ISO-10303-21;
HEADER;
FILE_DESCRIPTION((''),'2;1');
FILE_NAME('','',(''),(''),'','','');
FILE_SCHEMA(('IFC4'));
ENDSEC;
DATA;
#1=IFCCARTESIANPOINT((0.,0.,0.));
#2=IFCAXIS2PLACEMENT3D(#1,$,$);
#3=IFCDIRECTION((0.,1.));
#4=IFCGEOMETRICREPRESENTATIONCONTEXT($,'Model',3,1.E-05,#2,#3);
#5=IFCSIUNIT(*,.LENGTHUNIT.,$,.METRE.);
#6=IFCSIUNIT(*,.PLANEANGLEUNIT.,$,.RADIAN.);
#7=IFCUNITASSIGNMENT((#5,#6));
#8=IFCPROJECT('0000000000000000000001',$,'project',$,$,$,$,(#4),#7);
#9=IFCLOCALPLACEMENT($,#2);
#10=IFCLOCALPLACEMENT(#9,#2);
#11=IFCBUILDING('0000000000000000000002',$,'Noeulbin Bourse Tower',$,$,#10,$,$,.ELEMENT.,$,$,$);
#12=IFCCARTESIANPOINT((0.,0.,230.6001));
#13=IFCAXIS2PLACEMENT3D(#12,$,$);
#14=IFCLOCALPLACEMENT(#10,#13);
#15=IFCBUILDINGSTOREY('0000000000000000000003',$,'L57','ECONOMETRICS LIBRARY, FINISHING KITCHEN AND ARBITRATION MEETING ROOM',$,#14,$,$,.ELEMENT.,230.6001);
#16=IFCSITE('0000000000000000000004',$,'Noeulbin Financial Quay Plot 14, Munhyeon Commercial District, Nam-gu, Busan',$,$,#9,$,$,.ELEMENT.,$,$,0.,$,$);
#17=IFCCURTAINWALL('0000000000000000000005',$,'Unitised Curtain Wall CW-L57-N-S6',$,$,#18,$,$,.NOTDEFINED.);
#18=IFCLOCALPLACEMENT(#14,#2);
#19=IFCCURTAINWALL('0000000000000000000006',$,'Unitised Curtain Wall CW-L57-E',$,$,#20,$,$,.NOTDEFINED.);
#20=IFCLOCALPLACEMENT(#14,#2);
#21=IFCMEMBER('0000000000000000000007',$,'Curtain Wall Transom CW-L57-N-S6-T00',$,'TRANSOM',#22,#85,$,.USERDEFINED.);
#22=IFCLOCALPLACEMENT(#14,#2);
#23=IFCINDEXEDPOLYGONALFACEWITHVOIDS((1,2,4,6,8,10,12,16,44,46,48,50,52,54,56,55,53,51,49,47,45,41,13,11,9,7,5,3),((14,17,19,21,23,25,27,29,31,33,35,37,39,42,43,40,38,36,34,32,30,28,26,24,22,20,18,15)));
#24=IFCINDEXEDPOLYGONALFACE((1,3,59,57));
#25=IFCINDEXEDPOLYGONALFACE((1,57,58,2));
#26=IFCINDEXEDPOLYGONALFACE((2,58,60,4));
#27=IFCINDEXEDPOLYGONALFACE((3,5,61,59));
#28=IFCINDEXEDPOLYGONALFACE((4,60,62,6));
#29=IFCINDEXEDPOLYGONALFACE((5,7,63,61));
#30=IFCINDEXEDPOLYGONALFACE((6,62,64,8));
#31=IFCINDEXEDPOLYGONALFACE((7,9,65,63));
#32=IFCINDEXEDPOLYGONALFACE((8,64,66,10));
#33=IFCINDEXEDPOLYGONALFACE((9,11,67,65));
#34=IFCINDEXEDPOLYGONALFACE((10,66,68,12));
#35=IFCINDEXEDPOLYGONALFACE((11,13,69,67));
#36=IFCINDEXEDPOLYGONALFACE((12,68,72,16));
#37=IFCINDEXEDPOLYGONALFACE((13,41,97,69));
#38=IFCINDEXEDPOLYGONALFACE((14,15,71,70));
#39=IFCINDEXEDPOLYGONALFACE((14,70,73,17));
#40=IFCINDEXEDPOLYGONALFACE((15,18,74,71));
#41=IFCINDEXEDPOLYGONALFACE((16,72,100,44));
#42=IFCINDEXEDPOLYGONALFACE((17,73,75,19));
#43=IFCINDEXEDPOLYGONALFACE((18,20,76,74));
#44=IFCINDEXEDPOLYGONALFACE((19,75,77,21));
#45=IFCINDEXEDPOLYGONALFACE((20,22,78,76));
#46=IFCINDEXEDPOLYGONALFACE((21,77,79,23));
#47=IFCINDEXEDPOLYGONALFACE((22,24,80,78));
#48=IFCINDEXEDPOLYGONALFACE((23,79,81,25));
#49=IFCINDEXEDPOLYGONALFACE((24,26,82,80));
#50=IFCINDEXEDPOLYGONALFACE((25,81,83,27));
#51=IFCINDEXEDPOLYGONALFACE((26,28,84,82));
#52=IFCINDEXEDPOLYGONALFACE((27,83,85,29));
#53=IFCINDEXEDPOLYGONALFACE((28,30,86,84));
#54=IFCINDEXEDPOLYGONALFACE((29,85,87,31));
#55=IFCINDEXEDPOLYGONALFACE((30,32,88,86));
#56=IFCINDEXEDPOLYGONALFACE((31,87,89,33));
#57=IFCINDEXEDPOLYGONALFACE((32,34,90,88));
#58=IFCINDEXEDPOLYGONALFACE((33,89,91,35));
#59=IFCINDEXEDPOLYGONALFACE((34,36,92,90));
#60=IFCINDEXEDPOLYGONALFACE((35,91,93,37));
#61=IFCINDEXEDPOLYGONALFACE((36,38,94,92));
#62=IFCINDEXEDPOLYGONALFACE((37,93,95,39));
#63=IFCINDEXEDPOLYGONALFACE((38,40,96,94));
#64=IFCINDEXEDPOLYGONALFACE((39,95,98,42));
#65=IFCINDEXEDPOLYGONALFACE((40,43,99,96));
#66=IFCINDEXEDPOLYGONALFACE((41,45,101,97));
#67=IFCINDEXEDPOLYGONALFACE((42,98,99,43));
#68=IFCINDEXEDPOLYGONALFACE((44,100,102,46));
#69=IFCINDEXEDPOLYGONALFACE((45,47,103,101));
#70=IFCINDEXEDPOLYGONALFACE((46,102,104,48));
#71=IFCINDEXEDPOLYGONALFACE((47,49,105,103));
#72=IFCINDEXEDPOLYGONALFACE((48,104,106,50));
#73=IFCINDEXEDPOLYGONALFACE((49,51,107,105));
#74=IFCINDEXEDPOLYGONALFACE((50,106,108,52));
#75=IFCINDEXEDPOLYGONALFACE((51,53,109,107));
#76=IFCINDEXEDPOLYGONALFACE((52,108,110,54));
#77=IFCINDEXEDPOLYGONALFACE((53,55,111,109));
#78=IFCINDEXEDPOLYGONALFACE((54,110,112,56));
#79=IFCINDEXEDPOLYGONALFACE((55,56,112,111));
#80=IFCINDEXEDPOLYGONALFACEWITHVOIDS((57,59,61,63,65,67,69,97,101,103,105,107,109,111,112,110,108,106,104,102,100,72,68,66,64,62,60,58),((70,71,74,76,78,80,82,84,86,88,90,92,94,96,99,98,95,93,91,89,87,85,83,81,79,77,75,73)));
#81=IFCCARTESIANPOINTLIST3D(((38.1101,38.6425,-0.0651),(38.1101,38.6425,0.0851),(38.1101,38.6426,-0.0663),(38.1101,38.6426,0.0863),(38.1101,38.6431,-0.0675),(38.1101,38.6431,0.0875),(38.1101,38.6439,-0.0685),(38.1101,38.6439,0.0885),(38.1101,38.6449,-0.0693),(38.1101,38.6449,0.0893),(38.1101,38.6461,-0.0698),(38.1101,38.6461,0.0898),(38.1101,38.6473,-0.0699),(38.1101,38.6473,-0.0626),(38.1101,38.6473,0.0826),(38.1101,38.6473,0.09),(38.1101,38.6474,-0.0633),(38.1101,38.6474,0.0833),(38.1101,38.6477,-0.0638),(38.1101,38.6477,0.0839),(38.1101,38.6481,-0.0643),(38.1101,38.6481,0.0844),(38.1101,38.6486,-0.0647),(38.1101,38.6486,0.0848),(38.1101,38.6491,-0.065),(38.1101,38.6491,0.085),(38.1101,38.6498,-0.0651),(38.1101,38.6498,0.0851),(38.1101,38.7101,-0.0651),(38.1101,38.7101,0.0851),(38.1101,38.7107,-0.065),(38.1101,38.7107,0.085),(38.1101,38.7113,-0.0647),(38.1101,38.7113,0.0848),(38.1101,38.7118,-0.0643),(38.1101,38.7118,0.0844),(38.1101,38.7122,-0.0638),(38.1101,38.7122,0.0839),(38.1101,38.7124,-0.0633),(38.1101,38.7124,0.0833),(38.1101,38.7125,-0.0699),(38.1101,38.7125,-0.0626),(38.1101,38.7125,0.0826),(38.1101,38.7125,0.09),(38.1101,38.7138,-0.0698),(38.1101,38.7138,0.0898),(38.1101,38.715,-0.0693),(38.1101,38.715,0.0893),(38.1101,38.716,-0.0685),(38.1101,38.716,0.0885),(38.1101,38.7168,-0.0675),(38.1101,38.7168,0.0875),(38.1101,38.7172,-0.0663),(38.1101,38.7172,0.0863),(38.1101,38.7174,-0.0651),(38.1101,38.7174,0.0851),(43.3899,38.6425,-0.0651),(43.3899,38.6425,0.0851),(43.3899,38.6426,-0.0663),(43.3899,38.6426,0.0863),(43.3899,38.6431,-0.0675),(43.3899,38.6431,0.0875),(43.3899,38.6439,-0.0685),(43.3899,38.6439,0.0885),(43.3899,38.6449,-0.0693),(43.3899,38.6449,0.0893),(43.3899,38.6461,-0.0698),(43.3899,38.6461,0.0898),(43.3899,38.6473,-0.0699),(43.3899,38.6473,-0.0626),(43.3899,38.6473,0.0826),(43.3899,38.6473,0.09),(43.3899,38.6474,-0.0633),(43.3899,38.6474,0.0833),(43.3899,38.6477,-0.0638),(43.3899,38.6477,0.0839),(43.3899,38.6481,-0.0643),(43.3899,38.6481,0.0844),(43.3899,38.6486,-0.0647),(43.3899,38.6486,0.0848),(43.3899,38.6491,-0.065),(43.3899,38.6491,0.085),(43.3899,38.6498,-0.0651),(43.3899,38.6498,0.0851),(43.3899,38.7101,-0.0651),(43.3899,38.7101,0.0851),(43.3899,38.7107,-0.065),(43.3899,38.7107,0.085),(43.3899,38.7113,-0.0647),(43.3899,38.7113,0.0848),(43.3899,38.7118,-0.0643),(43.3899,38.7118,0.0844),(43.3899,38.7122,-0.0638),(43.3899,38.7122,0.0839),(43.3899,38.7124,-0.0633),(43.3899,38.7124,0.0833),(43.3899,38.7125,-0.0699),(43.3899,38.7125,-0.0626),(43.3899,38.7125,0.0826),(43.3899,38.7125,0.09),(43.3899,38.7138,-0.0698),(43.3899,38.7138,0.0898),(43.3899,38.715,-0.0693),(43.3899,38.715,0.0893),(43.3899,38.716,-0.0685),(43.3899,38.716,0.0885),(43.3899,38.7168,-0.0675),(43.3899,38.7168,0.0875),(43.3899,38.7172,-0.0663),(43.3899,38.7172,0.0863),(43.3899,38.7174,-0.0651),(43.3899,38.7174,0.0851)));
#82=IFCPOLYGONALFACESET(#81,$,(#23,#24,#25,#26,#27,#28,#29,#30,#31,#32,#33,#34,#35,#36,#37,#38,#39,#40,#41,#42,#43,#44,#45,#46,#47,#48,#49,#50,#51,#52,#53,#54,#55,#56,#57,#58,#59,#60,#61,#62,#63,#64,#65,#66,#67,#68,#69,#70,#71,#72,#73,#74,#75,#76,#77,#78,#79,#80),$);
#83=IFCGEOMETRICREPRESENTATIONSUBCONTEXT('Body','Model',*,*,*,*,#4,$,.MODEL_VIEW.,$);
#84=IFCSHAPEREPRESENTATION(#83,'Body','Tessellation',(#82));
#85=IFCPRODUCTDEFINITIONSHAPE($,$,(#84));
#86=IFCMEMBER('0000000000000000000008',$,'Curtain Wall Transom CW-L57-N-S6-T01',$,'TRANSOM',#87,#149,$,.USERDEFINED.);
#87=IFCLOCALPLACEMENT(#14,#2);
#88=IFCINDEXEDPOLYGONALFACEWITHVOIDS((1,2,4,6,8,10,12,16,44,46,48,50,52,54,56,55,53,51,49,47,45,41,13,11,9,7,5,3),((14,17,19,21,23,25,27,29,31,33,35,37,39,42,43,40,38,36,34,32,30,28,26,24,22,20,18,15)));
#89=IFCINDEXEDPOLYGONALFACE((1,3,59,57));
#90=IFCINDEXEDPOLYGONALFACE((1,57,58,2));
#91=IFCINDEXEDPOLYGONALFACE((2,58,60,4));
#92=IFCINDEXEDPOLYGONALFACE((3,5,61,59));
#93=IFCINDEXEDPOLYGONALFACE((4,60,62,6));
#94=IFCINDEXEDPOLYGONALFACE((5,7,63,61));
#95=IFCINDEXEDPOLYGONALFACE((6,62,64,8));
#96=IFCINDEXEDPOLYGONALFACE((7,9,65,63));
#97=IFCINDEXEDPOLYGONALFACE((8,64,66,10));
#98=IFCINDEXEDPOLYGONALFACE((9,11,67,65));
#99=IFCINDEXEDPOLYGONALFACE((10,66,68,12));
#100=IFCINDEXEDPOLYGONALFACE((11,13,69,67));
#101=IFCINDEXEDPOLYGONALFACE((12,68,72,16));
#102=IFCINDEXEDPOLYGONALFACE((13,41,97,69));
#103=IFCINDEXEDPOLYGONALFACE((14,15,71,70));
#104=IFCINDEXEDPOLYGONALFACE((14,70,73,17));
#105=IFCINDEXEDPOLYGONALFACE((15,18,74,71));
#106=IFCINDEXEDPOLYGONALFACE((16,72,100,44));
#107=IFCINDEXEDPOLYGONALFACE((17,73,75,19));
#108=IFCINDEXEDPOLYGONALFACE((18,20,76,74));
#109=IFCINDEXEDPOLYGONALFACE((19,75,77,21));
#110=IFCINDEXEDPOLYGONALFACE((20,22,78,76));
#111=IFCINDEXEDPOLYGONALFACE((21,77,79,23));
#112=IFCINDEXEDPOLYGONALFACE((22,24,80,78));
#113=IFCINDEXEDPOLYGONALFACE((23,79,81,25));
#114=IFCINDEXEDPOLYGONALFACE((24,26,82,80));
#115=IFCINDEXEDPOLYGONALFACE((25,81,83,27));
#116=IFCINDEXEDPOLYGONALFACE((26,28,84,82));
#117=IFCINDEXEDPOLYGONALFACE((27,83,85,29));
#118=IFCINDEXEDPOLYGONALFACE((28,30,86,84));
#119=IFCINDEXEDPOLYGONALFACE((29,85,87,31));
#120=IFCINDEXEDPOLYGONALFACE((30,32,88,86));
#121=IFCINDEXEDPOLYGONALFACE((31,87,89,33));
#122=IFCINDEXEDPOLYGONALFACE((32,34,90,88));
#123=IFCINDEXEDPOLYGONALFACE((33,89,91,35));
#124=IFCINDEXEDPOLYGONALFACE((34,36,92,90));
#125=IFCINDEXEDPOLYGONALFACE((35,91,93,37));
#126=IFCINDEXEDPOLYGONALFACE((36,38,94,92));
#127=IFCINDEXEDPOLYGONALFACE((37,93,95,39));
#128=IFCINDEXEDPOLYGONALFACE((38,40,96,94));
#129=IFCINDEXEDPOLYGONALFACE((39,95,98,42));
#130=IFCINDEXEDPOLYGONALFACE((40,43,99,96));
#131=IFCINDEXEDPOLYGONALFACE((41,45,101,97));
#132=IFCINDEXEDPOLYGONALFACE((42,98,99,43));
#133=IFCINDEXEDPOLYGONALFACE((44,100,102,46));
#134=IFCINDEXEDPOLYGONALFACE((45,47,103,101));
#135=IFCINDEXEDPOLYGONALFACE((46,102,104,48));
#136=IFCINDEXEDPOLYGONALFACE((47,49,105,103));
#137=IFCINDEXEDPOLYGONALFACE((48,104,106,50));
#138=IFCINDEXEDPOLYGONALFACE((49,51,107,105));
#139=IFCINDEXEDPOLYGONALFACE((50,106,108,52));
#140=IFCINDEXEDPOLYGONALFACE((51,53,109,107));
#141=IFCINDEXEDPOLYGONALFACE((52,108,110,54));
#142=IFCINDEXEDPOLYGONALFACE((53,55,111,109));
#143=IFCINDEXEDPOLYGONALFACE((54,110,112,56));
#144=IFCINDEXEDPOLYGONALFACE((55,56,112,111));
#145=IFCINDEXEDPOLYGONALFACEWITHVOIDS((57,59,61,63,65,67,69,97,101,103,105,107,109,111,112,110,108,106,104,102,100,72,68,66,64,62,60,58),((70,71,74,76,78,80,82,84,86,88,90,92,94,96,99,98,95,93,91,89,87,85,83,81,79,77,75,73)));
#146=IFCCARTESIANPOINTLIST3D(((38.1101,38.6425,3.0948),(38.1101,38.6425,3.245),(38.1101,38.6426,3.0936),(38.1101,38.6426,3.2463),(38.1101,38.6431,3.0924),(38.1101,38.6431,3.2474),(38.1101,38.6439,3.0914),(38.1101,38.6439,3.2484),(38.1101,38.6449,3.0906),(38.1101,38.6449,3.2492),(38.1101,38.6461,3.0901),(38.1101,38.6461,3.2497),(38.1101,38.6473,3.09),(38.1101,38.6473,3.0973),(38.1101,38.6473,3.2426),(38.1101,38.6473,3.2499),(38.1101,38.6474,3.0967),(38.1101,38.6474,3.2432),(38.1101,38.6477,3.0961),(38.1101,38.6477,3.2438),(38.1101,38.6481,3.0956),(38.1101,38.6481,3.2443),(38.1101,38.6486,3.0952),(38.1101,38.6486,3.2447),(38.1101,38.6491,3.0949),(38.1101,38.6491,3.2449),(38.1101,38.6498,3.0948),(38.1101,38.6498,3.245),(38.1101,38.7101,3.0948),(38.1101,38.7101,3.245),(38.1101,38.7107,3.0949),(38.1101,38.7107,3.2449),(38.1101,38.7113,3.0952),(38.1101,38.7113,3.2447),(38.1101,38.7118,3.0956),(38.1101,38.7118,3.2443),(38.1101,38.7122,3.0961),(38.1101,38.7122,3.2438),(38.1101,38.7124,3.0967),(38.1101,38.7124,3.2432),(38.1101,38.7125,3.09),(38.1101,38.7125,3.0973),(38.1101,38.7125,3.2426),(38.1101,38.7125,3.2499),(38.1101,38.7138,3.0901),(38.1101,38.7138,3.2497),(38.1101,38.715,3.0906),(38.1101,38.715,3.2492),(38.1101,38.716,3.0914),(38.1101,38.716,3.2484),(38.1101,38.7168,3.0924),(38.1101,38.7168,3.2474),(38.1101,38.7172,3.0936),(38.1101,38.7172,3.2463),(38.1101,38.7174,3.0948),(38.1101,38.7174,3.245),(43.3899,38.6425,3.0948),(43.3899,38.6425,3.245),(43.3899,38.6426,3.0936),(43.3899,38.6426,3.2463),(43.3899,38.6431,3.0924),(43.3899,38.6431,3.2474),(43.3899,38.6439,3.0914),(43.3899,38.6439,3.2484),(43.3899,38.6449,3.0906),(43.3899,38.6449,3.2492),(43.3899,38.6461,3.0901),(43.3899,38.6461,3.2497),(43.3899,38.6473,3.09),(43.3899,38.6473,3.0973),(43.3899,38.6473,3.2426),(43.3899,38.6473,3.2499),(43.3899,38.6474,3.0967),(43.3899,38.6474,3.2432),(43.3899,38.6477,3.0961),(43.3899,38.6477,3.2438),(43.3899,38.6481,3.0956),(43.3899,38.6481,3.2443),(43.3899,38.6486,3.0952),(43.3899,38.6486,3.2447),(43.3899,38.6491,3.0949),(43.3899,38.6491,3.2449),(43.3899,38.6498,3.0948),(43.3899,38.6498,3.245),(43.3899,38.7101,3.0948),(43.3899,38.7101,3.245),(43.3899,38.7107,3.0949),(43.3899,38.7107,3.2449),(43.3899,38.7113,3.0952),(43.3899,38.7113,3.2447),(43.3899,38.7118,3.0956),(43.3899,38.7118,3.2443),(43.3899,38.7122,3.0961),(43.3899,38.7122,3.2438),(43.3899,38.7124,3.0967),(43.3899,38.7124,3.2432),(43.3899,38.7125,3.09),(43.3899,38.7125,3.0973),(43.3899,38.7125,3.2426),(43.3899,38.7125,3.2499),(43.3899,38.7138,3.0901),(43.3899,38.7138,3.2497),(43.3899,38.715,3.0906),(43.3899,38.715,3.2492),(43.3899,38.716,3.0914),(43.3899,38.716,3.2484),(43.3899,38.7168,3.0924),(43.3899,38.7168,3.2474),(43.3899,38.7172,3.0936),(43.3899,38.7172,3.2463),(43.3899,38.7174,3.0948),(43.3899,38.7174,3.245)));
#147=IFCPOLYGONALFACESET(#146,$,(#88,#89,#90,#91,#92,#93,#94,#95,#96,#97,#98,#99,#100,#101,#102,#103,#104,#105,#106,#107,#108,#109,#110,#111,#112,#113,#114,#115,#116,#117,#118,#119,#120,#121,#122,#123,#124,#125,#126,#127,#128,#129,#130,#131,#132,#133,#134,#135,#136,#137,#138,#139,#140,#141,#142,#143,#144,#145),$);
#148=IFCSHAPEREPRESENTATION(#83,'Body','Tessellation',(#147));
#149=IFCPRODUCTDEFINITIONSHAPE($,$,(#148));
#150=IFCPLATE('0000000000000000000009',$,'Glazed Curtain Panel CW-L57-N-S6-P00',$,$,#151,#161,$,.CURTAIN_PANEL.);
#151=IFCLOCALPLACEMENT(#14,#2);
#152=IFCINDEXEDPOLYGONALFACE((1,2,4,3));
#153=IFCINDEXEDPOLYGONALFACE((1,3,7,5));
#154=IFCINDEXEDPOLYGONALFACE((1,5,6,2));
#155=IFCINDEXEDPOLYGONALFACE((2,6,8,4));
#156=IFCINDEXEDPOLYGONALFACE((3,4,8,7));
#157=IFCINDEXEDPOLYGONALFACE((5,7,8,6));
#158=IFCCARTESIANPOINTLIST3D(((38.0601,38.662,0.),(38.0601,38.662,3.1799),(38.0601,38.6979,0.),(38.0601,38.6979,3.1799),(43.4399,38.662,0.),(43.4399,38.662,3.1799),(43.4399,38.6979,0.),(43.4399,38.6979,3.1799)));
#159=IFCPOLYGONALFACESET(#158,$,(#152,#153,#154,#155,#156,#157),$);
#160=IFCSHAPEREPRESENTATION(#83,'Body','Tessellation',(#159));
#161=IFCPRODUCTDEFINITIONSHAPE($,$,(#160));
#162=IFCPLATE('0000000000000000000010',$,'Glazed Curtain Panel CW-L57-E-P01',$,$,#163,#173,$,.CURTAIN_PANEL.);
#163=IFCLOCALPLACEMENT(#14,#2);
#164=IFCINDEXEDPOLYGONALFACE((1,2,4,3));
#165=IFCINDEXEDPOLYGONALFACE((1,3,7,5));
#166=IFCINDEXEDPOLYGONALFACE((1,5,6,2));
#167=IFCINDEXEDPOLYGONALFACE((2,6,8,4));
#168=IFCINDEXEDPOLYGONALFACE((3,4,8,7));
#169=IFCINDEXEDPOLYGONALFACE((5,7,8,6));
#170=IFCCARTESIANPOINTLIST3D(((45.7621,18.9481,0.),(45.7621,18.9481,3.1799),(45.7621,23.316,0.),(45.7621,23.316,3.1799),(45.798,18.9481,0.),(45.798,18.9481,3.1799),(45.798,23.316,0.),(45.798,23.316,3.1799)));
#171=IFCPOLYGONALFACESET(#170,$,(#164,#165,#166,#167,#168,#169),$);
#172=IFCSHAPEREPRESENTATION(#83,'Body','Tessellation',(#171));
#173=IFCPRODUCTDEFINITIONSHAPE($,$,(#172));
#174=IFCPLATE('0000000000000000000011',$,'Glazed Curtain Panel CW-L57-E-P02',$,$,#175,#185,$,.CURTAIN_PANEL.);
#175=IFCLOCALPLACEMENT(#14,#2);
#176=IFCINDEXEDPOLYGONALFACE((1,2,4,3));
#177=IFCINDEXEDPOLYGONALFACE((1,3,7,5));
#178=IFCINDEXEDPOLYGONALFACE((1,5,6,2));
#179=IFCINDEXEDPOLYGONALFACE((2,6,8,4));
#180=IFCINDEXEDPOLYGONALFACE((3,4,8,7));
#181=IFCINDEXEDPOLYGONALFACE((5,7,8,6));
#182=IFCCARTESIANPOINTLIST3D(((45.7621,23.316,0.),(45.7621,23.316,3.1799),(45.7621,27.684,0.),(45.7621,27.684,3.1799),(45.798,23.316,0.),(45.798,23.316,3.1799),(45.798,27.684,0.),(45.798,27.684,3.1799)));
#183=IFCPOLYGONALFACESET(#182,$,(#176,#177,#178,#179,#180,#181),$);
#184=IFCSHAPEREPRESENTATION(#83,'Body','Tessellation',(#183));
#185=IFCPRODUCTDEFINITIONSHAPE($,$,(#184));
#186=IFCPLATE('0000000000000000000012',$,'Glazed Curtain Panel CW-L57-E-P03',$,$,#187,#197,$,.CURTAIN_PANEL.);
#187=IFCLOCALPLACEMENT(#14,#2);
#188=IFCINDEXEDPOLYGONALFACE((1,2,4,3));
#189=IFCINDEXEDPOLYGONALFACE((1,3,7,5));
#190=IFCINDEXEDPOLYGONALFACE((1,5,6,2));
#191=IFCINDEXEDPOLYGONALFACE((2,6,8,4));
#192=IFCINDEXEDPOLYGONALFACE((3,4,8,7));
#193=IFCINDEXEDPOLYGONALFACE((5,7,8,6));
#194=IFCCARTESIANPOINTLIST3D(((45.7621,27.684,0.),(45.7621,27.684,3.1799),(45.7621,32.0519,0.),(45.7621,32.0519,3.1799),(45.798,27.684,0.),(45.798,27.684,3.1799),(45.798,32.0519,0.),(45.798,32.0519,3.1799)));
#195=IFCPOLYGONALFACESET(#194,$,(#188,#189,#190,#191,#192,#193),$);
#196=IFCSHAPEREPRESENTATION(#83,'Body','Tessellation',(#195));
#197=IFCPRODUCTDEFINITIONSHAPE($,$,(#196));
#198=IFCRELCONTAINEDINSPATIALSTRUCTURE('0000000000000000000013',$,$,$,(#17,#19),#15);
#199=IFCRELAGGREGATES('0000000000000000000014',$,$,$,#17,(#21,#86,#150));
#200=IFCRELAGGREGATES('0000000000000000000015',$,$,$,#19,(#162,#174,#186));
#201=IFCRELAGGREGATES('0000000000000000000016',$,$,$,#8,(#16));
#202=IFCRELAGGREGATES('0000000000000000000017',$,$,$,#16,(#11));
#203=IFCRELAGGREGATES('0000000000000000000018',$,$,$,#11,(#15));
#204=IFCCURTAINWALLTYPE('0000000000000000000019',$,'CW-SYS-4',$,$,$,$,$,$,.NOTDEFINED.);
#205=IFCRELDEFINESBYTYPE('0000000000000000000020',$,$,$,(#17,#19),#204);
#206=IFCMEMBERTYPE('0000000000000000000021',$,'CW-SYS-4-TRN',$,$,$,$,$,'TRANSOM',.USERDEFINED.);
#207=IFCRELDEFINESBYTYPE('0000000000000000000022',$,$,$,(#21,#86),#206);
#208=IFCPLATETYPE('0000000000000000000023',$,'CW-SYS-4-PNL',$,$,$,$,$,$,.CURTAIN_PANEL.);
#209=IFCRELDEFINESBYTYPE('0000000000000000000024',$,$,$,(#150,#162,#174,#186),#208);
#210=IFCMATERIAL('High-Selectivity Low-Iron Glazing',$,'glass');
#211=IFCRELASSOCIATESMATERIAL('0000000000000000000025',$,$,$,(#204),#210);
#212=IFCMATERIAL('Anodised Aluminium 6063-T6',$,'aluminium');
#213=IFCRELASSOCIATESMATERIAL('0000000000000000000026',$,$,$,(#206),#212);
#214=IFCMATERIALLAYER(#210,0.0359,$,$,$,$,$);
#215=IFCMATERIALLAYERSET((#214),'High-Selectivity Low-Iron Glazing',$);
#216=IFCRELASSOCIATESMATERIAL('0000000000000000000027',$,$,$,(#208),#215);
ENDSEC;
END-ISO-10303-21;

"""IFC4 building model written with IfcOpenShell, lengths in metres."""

from ifc_helpers import new_model, si_unit, direction, frame, origin, origin_2d, place, context, subcontext, project, spatial, rectangle, hollow_rectangle, extrude, material, layer, layer_set, material_profile, profile_set, type_object, element, aggregate, save


model = new_model("IFC4")

# Units and contexts
model_context = context("Model", 3, precision=1e-05, world=origin(), true_north=direction((0.0, 1.0)))
body_context = subcontext(model_context, "Body", "Model", "MODEL_VIEW")
ifc_project = project(units=[si_unit("LENGTHUNIT", "METRE"), si_unit("PLANEANGLEUNIT", "RADIAN")], contexts=[model_context])

# Site, building, storey
site_placement = place(None, origin())
site = spatial("IfcSite", under=ifc_project, at=site_placement, Name="Noeulbin Financial Quay Plot 14, Munhyeon Commercial District, Nam-gu, Busan", CompositionType="ELEMENT", RefElevation=0.0)
building_placement = place(site_placement, origin())
building = spatial("IfcBuilding", under=site, at=building_placement, Name="Noeulbin Bourse Tower", CompositionType="ELEMENT")
storey_placement = place(building_placement, frame((0.0, 0.0, 230.6001)))
storey = spatial("IfcBuildingStorey", under=building, at=storey_placement, Name="L57", Description="ECONOMETRICS LIBRARY, FINISHING KITCHEN AND ARBITRATION MEETING ROOM", CompositionType="ELEMENT", Elevation=230.6001)

# Curtain walls
ifc_material_1 = material(Name="High-Selectivity Low-Iron Glazing", Category="glass")
curtain_wall_type = type_object("IfcCurtainWallType", Name="CW-SYS-4", PredefinedType="NOTDEFINED", material=ifc_material_1)
curtain_wall_1_placement = place(storey_placement, origin())
curtain_wall_1 = element("IfcCurtainWall", 1, at=curtain_wall_1_placement, inside=storey, type_object=curtain_wall_type, Name="Unitised Curtain Wall CW-L57-N-S6", PredefinedType="NOTDEFINED")
ifc_material_2 = material(Name="Anodised Aluminium 6063-T6", Category="aluminium")
curtain_wall_2_placement = place(storey_placement, origin())
curtain_wall_2 = element("IfcCurtainWall", 2, at=curtain_wall_2_placement, inside=storey, type_object=curtain_wall_type, Name="Unitised Curtain Wall CW-L57-E", PredefinedType="NOTDEFINED")

# Members
ifc_material_profile_1 = material_profile(ifc_material_2, hollow_rectangle(XDim=0.075, YDim=0.1599, WallThickness=0.0049, InnerFilletRadius=0.0024, OuterFilletRadius=0.0049, at=origin_2d()), Name="ALU-TRAN-75x160x5", Category="LoadBearing")
ifc_profile_set_1 = profile_set([ifc_material_profile_1], Name="Anodised Aluminium 6063-T6")
member_type_1 = type_object("IfcMemberType", Name="CW-SYS-4-TRN", ElementType="TRANSOM", PredefinedType="USERDEFINED", material=ifc_profile_set_1)
member_1_placement = place(storey_placement, frame((38.1101, 38.6799, 0.01), z_axis=(1.0, 0.0, 0.0), x_axis=(0.0, 1.0, 0.0)))
member_1 = element("IfcMember", 3, at=member_1_placement, type_object=member_type_1, Name="Curtain Wall Transom CW-L57-N-S6-T00", ObjectType="TRANSOM", PredefinedType="USERDEFINED", context=body_context, shape_type="SweptSolid", body=[
    extrude(hollow_rectangle(XDim=0.075, YDim=0.1599, WallThickness=0.0049, InnerFilletRadius=0.0024, OuterFilletRadius=0.0049, at=origin_2d()), origin(), (0.0, 0.0, 1.0), 5.2798),
])
member_2_placement = place(storey_placement, frame((38.1101, 38.6799, 3.1699), z_axis=(1.0, 0.0, 0.0), x_axis=(0.0, 1.0, 0.0)))
member_2 = element("IfcMember", 4, at=member_2_placement, type_object=member_type_1, Name="Curtain Wall Transom CW-L57-N-S6-T01", ObjectType="TRANSOM", PredefinedType="USERDEFINED", context=body_context, shape_type="SweptSolid", body=[
    extrude(hollow_rectangle(XDim=0.075, YDim=0.1599, WallThickness=0.0049, InnerFilletRadius=0.0024, OuterFilletRadius=0.0049, at=origin_2d()), origin(), (0.0, 0.0, 1.0), 5.2798),
])

# Plates
ifc_layer_1 = layer(ifc_material_1, 0.0359)
ifc_layer_set_1 = layer_set([ifc_layer_1], Name="High-Selectivity Low-Iron Glazing")
plate_type_1 = type_object("IfcPlateType", Name="CW-SYS-4-PNL", PredefinedType="CURTAIN_PANEL", material=ifc_layer_set_1)
plate_1_placement = place(storey_placement, frame((40.75, 38.6799, 0.0), z_axis=(0.0, 0.0, 1.0), x_axis=(1.0, 0.0, 0.0)))
plate_1 = element("IfcPlate", 5, at=plate_1_placement, type_object=plate_type_1, Name="Glazed Curtain Panel CW-L57-N-S6-P00", PredefinedType="CURTAIN_PANEL", context=body_context, shape_type="SweptSolid", body=[
    extrude(rectangle(XDim=5.3799, YDim=0.0359, at=origin_2d()), origin(), (0.0, 0.0, 1.0), 3.1799),
])
aggregate(curtain_wall_1, [member_1, member_2, plate_1])
plate_2_placement = place(storey_placement, frame((45.78, 21.1321, 0.0), z_axis=(0.0, 0.0, 1.0), x_axis=(0.0, 1.0, 0.0)))
plate_2 = element("IfcPlate", 6, at=plate_2_placement, type_object=plate_type_1, Name="Glazed Curtain Panel CW-L57-E-P01", PredefinedType="CURTAIN_PANEL", context=body_context, shape_type="SweptSolid", body=[
    extrude(rectangle(XDim=4.3679, YDim=0.0359, at=origin_2d()), origin(), (0.0, 0.0, 1.0), 3.1799),
])
plate_3_placement = place(storey_placement, frame((45.78, 25.5, 0.0), z_axis=(0.0, 0.0, 1.0), x_axis=(0.0, 1.0, 0.0)))
plate_3 = element("IfcPlate", 7, at=plate_3_placement, type_object=plate_type_1, Name="Glazed Curtain Panel CW-L57-E-P02", PredefinedType="CURTAIN_PANEL", context=body_context, shape_type="SweptSolid", body=[
    extrude(rectangle(XDim=4.3679, YDim=0.0359, at=origin_2d()), origin(), (0.0, 0.0, 1.0), 3.1799),
])
plate_4_placement = place(storey_placement, frame((45.78, 29.8679, 0.0), z_axis=(0.0, 0.0, 1.0), x_axis=(0.0, 1.0, 0.0)))
plate_4 = element("IfcPlate", 8, at=plate_4_placement, type_object=plate_type_1, Name="Glazed Curtain Panel CW-L57-E-P03", PredefinedType="CURTAIN_PANEL", context=body_context, shape_type="SweptSolid", body=[
    extrude(rectangle(XDim=4.3679, YDim=0.0359, at=origin_2d()), origin(), (0.0, 0.0, 1.0), 3.1799),
])
aggregate(curtain_wall_2, [plate_2, plate_3, plate_4])

save(model, "model.ifc")
